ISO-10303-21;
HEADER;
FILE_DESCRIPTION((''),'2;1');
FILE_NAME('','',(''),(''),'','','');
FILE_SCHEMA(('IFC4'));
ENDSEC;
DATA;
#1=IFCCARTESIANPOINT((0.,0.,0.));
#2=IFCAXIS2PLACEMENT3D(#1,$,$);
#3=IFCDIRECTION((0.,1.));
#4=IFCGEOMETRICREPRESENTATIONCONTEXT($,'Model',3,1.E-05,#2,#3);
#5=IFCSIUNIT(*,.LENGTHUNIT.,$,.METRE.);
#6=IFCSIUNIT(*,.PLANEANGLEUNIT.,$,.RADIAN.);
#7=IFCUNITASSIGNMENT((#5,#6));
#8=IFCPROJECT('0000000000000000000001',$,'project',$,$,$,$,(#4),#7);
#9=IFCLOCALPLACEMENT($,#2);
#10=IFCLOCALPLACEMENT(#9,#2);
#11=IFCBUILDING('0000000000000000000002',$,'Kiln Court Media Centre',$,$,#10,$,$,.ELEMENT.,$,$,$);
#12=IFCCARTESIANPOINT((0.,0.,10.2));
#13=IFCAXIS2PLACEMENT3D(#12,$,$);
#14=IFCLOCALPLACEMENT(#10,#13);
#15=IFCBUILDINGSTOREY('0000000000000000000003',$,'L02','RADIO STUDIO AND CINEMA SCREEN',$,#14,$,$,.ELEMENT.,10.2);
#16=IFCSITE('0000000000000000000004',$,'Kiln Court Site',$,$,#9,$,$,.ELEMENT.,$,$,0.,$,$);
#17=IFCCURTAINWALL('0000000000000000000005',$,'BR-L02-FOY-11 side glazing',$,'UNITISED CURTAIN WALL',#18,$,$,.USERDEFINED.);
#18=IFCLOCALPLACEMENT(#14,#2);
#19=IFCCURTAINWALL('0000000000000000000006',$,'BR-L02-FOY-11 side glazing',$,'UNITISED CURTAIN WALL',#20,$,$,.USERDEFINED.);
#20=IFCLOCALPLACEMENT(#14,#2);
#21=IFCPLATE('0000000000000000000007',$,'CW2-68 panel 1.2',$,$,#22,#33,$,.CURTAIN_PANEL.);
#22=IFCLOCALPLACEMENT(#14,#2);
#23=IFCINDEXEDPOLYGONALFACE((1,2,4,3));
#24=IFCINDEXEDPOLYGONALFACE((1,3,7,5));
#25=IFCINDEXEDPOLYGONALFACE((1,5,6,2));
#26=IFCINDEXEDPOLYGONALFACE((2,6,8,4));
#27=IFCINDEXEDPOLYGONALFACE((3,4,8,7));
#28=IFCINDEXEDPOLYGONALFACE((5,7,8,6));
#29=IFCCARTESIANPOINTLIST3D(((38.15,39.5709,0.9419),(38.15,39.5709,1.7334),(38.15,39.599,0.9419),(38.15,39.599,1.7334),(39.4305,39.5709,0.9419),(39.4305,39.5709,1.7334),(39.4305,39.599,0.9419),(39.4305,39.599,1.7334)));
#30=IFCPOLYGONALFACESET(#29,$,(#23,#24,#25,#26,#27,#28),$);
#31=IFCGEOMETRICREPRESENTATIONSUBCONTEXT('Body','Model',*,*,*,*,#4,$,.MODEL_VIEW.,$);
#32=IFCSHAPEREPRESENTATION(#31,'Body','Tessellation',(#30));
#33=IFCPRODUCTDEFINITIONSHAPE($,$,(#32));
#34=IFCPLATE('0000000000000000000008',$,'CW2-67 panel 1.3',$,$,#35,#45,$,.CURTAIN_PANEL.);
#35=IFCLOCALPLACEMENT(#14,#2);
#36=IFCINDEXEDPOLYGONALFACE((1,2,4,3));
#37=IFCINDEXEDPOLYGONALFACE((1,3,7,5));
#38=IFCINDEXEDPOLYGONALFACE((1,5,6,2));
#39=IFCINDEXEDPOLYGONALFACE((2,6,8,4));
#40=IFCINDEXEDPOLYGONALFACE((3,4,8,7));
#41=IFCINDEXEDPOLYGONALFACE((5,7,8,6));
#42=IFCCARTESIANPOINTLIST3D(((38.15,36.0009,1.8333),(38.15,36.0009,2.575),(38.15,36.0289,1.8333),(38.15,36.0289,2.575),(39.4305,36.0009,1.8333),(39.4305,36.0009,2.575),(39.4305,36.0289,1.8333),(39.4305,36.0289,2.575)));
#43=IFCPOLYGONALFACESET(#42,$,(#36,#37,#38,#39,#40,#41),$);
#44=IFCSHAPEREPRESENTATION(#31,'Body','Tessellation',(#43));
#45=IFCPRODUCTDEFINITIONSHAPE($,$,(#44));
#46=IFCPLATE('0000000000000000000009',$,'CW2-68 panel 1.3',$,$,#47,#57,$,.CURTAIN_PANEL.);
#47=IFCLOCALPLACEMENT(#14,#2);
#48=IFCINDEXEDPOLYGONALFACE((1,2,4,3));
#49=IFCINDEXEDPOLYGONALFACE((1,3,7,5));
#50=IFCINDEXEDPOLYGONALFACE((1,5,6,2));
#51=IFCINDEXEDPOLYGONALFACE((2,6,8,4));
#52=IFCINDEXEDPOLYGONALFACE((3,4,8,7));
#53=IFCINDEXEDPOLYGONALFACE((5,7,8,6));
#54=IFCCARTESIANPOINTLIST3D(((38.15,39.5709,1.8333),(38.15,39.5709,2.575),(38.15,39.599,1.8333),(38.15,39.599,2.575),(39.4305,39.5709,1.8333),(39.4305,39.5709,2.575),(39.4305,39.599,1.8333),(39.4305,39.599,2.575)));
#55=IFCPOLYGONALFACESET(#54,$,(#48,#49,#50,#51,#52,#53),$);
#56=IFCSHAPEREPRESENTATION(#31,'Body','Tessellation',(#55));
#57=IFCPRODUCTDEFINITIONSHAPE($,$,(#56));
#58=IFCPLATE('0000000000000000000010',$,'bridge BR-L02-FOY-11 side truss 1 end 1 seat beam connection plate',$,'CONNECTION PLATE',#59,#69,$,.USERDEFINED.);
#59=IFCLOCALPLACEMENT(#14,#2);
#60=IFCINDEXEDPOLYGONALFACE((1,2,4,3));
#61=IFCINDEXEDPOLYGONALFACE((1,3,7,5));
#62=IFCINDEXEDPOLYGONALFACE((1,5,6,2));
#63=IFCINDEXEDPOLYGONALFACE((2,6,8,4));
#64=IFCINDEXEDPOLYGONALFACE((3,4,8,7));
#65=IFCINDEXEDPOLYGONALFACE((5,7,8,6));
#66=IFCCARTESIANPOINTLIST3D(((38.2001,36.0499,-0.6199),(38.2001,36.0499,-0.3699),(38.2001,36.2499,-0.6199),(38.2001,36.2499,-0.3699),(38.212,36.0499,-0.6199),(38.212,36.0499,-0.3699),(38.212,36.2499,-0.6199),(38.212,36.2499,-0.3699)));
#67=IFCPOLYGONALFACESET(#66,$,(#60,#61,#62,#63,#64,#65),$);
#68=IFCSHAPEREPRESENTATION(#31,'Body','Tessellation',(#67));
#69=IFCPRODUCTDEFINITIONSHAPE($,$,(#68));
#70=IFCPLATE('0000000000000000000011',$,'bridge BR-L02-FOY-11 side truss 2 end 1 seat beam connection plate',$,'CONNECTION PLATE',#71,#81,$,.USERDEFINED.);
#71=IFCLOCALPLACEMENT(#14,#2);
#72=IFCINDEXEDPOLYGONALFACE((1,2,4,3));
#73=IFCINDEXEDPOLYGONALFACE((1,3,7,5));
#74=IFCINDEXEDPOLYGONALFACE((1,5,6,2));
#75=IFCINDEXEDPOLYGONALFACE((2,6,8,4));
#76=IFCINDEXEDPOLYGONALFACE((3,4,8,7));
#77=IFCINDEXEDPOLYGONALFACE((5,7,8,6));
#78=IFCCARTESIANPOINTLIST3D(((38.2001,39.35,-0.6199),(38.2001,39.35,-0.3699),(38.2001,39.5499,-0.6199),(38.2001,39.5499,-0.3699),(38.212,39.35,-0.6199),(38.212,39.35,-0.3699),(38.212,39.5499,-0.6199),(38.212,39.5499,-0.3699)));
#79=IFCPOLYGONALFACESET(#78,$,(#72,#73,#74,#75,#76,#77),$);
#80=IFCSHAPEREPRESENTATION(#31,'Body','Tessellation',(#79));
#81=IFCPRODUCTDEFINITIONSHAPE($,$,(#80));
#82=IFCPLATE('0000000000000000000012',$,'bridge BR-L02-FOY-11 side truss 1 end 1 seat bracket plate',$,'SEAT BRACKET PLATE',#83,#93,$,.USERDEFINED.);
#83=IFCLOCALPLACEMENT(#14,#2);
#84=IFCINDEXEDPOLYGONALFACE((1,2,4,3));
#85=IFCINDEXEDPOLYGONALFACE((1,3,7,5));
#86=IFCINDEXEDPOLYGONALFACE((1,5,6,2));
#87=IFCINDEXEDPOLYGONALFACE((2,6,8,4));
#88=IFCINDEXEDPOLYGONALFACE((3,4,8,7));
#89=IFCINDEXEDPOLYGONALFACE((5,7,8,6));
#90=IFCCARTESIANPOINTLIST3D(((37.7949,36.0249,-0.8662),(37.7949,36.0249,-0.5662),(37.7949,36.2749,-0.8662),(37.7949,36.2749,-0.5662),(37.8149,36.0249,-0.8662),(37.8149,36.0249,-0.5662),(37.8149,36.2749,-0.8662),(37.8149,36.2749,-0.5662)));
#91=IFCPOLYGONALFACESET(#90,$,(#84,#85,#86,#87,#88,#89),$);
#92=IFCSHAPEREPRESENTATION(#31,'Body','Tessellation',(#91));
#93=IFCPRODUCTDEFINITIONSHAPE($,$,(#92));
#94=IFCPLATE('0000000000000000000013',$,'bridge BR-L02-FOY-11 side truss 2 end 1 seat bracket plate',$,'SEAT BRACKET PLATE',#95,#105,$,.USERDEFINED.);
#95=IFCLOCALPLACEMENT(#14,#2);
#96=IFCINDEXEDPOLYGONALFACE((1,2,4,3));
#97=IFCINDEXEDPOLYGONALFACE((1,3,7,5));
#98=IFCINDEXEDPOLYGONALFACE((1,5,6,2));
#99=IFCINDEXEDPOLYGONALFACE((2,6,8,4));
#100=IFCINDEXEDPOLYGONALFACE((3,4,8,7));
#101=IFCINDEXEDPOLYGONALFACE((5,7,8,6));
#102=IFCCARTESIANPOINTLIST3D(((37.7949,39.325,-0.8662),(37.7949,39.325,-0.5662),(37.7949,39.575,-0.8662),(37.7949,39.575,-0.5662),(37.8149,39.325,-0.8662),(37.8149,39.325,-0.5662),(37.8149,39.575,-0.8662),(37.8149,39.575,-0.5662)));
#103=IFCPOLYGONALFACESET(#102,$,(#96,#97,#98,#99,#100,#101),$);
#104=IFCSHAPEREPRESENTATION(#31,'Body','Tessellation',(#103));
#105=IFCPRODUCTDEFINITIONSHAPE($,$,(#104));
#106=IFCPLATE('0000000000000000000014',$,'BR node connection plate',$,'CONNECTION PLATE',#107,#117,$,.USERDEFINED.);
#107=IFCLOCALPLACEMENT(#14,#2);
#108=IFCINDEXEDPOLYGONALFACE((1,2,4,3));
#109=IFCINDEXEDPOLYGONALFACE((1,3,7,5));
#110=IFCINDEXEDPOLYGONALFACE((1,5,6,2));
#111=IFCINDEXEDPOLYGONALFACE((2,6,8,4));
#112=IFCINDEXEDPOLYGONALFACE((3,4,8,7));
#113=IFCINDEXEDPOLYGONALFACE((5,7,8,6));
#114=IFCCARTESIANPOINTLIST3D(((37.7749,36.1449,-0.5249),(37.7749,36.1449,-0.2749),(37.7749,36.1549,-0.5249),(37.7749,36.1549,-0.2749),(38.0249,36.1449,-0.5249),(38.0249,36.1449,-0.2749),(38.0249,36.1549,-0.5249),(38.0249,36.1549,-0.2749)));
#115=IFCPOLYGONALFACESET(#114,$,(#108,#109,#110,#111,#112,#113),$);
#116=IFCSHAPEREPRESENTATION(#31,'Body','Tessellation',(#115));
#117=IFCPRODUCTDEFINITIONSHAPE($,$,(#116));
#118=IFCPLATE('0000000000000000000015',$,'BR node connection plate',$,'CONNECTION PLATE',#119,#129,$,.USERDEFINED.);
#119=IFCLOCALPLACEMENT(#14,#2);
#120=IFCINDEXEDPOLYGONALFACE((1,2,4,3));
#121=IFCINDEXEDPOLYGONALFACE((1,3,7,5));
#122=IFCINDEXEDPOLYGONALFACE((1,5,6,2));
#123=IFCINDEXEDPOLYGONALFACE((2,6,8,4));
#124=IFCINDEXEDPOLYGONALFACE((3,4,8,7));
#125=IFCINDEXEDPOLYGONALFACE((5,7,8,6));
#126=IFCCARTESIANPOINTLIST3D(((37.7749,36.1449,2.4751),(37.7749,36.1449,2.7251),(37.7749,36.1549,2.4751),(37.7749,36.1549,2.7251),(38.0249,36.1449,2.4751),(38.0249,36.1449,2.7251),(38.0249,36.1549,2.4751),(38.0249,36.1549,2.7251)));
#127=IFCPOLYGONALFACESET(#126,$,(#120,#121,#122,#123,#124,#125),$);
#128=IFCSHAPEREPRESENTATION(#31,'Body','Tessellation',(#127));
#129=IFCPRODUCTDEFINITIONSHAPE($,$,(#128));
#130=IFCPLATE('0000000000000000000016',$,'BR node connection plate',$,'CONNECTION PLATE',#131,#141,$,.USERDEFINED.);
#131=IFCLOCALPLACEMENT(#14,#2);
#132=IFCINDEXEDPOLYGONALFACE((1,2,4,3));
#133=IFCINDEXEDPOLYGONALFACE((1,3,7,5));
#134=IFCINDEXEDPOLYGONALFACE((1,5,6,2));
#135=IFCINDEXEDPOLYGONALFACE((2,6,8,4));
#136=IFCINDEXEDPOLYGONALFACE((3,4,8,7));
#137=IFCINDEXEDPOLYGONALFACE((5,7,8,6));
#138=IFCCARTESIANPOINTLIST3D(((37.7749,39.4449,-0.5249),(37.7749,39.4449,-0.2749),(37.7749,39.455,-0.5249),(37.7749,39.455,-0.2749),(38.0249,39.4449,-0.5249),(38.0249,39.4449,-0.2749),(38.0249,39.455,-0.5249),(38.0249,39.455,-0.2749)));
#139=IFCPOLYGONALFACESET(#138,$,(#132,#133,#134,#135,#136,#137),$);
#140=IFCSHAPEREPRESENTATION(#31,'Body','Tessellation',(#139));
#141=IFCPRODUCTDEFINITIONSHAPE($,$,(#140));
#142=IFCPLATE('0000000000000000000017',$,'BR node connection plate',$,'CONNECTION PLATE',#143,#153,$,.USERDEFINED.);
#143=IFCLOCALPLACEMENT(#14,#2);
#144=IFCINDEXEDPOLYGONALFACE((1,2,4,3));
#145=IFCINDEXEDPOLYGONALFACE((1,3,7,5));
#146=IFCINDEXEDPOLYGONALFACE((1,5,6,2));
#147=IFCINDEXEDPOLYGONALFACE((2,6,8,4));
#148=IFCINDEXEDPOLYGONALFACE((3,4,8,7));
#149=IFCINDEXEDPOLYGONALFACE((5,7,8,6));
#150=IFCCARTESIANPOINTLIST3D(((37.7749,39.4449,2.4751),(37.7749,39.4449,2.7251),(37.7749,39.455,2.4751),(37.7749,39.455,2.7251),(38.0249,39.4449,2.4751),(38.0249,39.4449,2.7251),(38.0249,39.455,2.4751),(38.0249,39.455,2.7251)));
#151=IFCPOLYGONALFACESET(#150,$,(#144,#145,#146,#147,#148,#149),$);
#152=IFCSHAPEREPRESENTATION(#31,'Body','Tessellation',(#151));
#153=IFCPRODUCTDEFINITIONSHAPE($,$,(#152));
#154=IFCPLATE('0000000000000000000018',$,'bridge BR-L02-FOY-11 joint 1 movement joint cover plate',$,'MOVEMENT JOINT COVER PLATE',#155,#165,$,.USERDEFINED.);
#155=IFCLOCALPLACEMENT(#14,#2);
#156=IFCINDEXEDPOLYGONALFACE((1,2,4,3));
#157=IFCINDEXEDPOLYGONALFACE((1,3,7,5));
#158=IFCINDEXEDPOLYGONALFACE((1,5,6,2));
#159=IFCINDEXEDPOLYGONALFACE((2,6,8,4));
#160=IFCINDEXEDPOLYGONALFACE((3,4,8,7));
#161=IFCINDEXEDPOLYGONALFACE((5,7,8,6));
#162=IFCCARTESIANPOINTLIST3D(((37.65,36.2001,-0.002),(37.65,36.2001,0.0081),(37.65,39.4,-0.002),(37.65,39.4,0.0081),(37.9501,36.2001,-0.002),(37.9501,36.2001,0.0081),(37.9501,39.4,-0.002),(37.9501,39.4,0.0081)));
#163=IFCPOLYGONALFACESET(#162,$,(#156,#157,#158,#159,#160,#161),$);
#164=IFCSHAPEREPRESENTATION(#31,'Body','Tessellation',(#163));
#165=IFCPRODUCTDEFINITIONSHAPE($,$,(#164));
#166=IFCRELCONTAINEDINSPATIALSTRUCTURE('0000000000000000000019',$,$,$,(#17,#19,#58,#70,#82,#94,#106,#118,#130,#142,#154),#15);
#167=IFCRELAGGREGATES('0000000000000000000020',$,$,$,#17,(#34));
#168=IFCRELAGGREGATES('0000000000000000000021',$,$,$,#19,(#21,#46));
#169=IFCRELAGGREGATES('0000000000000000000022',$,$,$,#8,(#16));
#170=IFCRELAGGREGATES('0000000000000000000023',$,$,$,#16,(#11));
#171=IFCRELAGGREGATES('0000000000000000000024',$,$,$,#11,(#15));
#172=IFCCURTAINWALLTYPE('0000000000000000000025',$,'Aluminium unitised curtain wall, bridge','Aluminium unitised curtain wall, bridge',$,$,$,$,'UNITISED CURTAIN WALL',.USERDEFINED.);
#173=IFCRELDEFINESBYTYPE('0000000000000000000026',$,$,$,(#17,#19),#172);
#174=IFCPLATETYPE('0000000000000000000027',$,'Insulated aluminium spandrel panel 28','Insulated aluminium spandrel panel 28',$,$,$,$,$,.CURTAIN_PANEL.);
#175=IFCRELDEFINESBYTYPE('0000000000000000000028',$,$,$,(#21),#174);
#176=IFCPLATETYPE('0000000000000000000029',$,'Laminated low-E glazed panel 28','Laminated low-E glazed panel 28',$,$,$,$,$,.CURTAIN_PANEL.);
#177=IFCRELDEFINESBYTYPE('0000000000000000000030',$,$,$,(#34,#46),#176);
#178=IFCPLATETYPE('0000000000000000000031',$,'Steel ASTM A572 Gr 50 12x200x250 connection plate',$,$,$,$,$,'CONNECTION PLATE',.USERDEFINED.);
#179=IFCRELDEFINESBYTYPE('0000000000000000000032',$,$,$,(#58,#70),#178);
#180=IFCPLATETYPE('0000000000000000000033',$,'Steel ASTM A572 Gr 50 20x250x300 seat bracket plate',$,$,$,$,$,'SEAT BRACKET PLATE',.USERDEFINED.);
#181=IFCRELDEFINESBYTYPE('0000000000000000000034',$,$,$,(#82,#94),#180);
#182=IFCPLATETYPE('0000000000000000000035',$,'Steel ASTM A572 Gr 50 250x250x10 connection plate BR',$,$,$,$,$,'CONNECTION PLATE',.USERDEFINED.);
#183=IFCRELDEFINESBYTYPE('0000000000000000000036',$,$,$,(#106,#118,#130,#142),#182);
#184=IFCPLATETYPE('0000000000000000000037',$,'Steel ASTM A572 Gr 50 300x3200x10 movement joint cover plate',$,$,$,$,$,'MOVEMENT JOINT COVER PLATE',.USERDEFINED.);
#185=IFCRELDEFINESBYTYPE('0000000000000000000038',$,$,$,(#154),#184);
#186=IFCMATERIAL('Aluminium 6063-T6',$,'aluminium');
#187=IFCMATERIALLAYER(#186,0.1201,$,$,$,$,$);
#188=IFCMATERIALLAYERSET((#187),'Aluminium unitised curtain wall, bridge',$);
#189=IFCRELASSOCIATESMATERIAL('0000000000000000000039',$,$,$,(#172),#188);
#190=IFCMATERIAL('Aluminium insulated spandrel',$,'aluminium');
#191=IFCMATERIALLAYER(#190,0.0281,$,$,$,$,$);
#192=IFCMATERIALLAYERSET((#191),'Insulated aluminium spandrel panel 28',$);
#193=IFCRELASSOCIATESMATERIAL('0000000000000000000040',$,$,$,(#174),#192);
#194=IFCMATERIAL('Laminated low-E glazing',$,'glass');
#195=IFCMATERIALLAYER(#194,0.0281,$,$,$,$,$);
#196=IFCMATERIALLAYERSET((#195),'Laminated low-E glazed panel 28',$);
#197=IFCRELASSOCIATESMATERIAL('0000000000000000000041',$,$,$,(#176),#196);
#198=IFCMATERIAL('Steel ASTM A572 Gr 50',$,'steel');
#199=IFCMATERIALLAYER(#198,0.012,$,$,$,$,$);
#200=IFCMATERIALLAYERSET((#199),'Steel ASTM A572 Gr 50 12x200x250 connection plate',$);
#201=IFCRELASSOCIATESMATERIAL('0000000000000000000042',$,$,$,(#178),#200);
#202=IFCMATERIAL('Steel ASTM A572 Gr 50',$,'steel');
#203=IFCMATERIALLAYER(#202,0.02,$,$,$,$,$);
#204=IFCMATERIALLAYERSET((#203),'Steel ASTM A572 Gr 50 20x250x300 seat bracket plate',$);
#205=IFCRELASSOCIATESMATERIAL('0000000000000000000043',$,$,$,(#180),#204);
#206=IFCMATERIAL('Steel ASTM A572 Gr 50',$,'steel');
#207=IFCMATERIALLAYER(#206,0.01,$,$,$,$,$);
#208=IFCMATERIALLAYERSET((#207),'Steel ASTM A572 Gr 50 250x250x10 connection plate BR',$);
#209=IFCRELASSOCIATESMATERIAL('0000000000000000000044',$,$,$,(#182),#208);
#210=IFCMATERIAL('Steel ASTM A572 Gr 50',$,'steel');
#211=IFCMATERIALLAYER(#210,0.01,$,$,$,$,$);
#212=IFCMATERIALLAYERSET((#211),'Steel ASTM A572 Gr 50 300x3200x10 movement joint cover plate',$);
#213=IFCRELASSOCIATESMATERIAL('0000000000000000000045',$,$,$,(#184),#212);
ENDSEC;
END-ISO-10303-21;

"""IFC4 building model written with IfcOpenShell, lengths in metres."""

from ifc_helpers import new_model, si_unit, direction, frame, origin, origin_2d, place, context, subcontext, project, spatial, rectangle, extrude, material, layer, layer_set, type_object, element, aggregate, save


model = new_model("IFC4")

# Units and contexts
model_context = context("Model", 3, precision=1e-05, world=origin(), true_north=direction((0.0, 1.0)))
body_context = subcontext(model_context, "Body", "Model", "MODEL_VIEW")
ifc_project = project(units=[si_unit("LENGTHUNIT", "METRE"), si_unit("PLANEANGLEUNIT", "RADIAN")], contexts=[model_context])

# Site, building, storey
site_placement = place(None, origin())
site = spatial("IfcSite", under=ifc_project, at=site_placement, Name="Kiln Court Site", CompositionType="ELEMENT", RefElevation=0.0)
building_placement = place(site_placement, origin())
building = spatial("IfcBuilding", under=site, at=building_placement, Name="Kiln Court Media Centre", CompositionType="ELEMENT")
storey_placement = place(building_placement, frame((0.0, 0.0, 10.2)))
storey = spatial("IfcBuildingStorey", under=building, at=storey_placement, Name="L02", Description="RADIO STUDIO AND CINEMA SCREEN", CompositionType="ELEMENT", Elevation=10.2)

# Curtain wall
ifc_material_1 = material(Name="Aluminium 6063-T6", Category="aluminium")
ifc_layer_1 = layer(ifc_material_1, 0.1201)
ifc_layer_set_1 = layer_set([ifc_layer_1], Name="Aluminium unitised curtain wall, bridge")
curtain_wall_type = type_object("IfcCurtainWallType", Name="Aluminium unitised curtain wall, bridge", Description="Aluminium unitised curtain wall, bridge", ElementType="UNITISED CURTAIN WALL", PredefinedType="USERDEFINED", material=ifc_layer_set_1)
curtain_wall_1_placement = place(storey_placement, origin())
curtain_wall_1 = element("IfcCurtainWall", 1, at=curtain_wall_1_placement, inside=storey, type_object=curtain_wall_type, Name="BR-L02-FOY-11 side glazing", ObjectType="UNITISED CURTAIN WALL", PredefinedType="USERDEFINED")

# Curtain wall
curtain_wall_2_placement = place(storey_placement, origin())
curtain_wall_2 = element("IfcCurtainWall", 2, at=curtain_wall_2_placement, inside=storey, type_object=curtain_wall_type, Name="BR-L02-FOY-11 side glazing", ObjectType="UNITISED CURTAIN WALL", PredefinedType="USERDEFINED")

# Plates
ifc_material_2 = material(Name="Aluminium insulated spandrel", Category="aluminium")
ifc_layer_2 = layer(ifc_material_2, 0.0281)
ifc_layer_set_2 = layer_set([ifc_layer_2], Name="Insulated aluminium spandrel panel 28")
plate_type_1 = type_object("IfcPlateType", Name="Insulated aluminium spandrel panel 28", Description="Insulated aluminium spandrel panel 28", PredefinedType="CURTAIN_PANEL", material=ifc_layer_set_2)
plate_1_placement = place(storey_placement, frame((38.7903, 39.585, 0.9419), z_axis=(0.0, 0.0, 1.0), x_axis=(1.0, 0.0, 0.0)))
plate_1 = element("IfcPlate", 3, at=plate_1_placement, type_object=plate_type_1, Name="CW2-68 panel 1.2", PredefinedType="CURTAIN_PANEL", context=body_context, shape_type="SweptSolid", body=[
    extrude(rectangle(XDim=1.2805, YDim=0.0281, at=origin_2d()), origin(), (0.0, 0.0, 1.0), 0.7915),
])
ifc_material_3 = material(Name="Laminated low-E glazing", Category="glass")
ifc_layer_3 = layer(ifc_material_3, 0.0281)
ifc_layer_set_3 = layer_set([ifc_layer_3], Name="Laminated low-E glazed panel 28")
plate_type_2 = type_object("IfcPlateType", Name="Laminated low-E glazed panel 28", Description="Laminated low-E glazed panel 28", PredefinedType="CURTAIN_PANEL", material=ifc_layer_set_3)
plate_2_placement = place(storey_placement, frame((38.7903, 36.0149, 1.8333), z_axis=(0.0, 0.0, 1.0), x_axis=(1.0, 0.0, 0.0)))
plate_2 = element("IfcPlate", 4, at=plate_2_placement, type_object=plate_type_2, Name="CW2-67 panel 1.3", PredefinedType="CURTAIN_PANEL", context=body_context, shape_type="SweptSolid", body=[
    extrude(rectangle(XDim=1.2805, YDim=0.0281, at=origin_2d()), origin(), (0.0, 0.0, 1.0), 0.7417),
])
aggregate(curtain_wall_1, [plate_2])
plate_3_placement = place(storey_placement, frame((38.7903, 39.585, 1.8333), z_axis=(0.0, 0.0, 1.0), x_axis=(1.0, 0.0, 0.0)))
plate_3 = element("IfcPlate", 5, at=plate_3_placement, type_object=plate_type_2, Name="CW2-68 panel 1.3", PredefinedType="CURTAIN_PANEL", context=body_context, shape_type="SweptSolid", body=[
    extrude(rectangle(XDim=1.2805, YDim=0.0281, at=origin_2d()), origin(), (0.0, 0.0, 1.0), 0.7417),
])
aggregate(curtain_wall_2, [plate_1, plate_3])

# Plates
ifc_material_4 = material(Name="Steel ASTM A572 Gr 50", Category="steel")
ifc_layer_4 = layer(ifc_material_4, 0.012)
ifc_layer_set_4 = layer_set([ifc_layer_4], Name="Steel ASTM A572 Gr 50 12x200x250 connection plate")
plate_type_3 = type_object("IfcPlateType", Name="Steel ASTM A572 Gr 50 12x200x250 connection plate", ElementType="CONNECTION PLATE", PredefinedType="USERDEFINED", material=ifc_layer_set_4)
for number, where, z_axis, x_axis, name in (
    (6, (38.2061, 36.1499, -0.6199), (0.0, 0.0, 1.0), (1.0, 0.0, 0.0), "bridge BR-L02-FOY-11 side truss 1 end 1 seat beam connection plate"),
    (7, (38.2061, 39.45, -0.6199), (0.0, 0.0, 1.0), (1.0, 0.0, 0.0), "bridge BR-L02-FOY-11 side truss 2 end 1 seat beam connection plate"),
):
    element("IfcPlate", number, at=place(storey_placement, frame(where, z_axis=z_axis, x_axis=x_axis)), inside=storey, type_object=plate_type_3, Name=name, ObjectType="CONNECTION PLATE", PredefinedType="USERDEFINED", context=body_context, shape_type="SweptSolid", body=[
        extrude(rectangle(XDim=0.012, YDim=0.2, at=origin_2d()), origin(), (0.0, 0.0, 1.0), 0.25),
    ])
ifc_material_5 = material(Name="Steel ASTM A572 Gr 50", Category="steel")
ifc_layer_5 = layer(ifc_material_5, 0.02)
ifc_layer_set_5 = layer_set([ifc_layer_5], Name="Steel ASTM A572 Gr 50 20x250x300 seat bracket plate")
plate_type_4 = type_object("IfcPlateType", Name="Steel ASTM A572 Gr 50 20x250x300 seat bracket plate", ElementType="SEAT BRACKET PLATE", PredefinedType="USERDEFINED", material=ifc_layer_set_5)
for number, where, z_axis, x_axis, name in (
    (8, (37.8049, 36.1499, -0.8662), (0.0, 0.0, 1.0), (1.0, 0.0, 0.0), "bridge BR-L02-FOY-11 side truss 1 end 1 seat bracket plate"),
    (9, (37.8049, 39.45, -0.8662), (0.0, 0.0, 1.0), (1.0, 0.0, 0.0), "bridge BR-L02-FOY-11 side truss 2 end 1 seat bracket plate"),
):
    element("IfcPlate", number, at=place(storey_placement, frame(where, z_axis=z_axis, x_axis=x_axis)), inside=storey, type_object=plate_type_4, Name=name, ObjectType="SEAT BRACKET PLATE", PredefinedType="USERDEFINED", context=body_context, shape_type="SweptSolid", body=[
        extrude(rectangle(XDim=0.02, YDim=0.25, at=origin_2d()), origin(), (0.0, 0.0, 1.0), 0.3),
    ])
ifc_material_6 = material(Name="Steel ASTM A572 Gr 50", Category="steel")
ifc_layer_6 = layer(ifc_material_6, 0.01)
ifc_layer_set_6 = layer_set([ifc_layer_6], Name="Steel ASTM A572 Gr 50 250x250x10 connection plate BR")
plate_type_5 = type_object("IfcPlateType", Name="Steel ASTM A572 Gr 50 250x250x10 connection plate BR", ElementType="CONNECTION PLATE", PredefinedType="USERDEFINED", material=ifc_layer_set_6)
for number, where, z_axis, x_axis, name in (
    (10, (37.8999, 36.1499, -0.5249), (0.0, 0.0, 1.0), (1.0, 0.0, 0.0), "BR node connection plate"),
    (11, (37.8999, 36.1499, 2.4751), (0.0, 0.0, 1.0), (1.0, 0.0, 0.0), "BR node connection plate"),
    (12, (37.8999, 39.45, -0.5249), (0.0, 0.0, 1.0), (1.0, 0.0, 0.0), "BR node connection plate"),
    (13, (37.8999, 39.45, 2.4751), (0.0, 0.0, 1.0), (1.0, 0.0, 0.0), "BR node connection plate"),
):
    element("IfcPlate", number, at=place(storey_placement, frame(where, z_axis=z_axis, x_axis=x_axis)), inside=storey, type_object=plate_type_5, Name=name, ObjectType="CONNECTION PLATE", PredefinedType="USERDEFINED", context=body_context, shape_type="SweptSolid", body=[
        extrude(rectangle(XDim=0.25, YDim=0.01, at=origin_2d()), origin(), (0.0, 0.0, 1.0), 0.25),
    ])
ifc_material_7 = material(Name="Steel ASTM A572 Gr 50", Category="steel")
ifc_layer_7 = layer(ifc_material_7, 0.01)
ifc_layer_set_7 = layer_set([ifc_layer_7], Name="Steel ASTM A572 Gr 50 300x3200x10 movement joint cover plate")
plate_type_6 = type_object("IfcPlateType", Name="Steel ASTM A572 Gr 50 300x3200x10 movement joint cover plate", ElementType="MOVEMENT JOINT COVER PLATE", PredefinedType="USERDEFINED", material=ifc_layer_set_7)
plate_4_placement = place(storey_placement, frame((37.8, 37.8, -0.002), z_axis=(0.0, 0.0, 1.0), x_axis=(1.0, 0.0, 0.0)))
element("IfcPlate", 14, at=plate_4_placement, inside=storey, type_object=plate_type_6, Name="bridge BR-L02-FOY-11 joint 1 movement joint cover plate", ObjectType="MOVEMENT JOINT COVER PLATE", PredefinedType="USERDEFINED", context=body_context, shape_type="SweptSolid", body=[
    extrude(rectangle(XDim=0.3, YDim=3.2, at=origin_2d()), origin(), (0.0, 0.0, 1.0), 0.01),
])

save(model, "model.ifc")
